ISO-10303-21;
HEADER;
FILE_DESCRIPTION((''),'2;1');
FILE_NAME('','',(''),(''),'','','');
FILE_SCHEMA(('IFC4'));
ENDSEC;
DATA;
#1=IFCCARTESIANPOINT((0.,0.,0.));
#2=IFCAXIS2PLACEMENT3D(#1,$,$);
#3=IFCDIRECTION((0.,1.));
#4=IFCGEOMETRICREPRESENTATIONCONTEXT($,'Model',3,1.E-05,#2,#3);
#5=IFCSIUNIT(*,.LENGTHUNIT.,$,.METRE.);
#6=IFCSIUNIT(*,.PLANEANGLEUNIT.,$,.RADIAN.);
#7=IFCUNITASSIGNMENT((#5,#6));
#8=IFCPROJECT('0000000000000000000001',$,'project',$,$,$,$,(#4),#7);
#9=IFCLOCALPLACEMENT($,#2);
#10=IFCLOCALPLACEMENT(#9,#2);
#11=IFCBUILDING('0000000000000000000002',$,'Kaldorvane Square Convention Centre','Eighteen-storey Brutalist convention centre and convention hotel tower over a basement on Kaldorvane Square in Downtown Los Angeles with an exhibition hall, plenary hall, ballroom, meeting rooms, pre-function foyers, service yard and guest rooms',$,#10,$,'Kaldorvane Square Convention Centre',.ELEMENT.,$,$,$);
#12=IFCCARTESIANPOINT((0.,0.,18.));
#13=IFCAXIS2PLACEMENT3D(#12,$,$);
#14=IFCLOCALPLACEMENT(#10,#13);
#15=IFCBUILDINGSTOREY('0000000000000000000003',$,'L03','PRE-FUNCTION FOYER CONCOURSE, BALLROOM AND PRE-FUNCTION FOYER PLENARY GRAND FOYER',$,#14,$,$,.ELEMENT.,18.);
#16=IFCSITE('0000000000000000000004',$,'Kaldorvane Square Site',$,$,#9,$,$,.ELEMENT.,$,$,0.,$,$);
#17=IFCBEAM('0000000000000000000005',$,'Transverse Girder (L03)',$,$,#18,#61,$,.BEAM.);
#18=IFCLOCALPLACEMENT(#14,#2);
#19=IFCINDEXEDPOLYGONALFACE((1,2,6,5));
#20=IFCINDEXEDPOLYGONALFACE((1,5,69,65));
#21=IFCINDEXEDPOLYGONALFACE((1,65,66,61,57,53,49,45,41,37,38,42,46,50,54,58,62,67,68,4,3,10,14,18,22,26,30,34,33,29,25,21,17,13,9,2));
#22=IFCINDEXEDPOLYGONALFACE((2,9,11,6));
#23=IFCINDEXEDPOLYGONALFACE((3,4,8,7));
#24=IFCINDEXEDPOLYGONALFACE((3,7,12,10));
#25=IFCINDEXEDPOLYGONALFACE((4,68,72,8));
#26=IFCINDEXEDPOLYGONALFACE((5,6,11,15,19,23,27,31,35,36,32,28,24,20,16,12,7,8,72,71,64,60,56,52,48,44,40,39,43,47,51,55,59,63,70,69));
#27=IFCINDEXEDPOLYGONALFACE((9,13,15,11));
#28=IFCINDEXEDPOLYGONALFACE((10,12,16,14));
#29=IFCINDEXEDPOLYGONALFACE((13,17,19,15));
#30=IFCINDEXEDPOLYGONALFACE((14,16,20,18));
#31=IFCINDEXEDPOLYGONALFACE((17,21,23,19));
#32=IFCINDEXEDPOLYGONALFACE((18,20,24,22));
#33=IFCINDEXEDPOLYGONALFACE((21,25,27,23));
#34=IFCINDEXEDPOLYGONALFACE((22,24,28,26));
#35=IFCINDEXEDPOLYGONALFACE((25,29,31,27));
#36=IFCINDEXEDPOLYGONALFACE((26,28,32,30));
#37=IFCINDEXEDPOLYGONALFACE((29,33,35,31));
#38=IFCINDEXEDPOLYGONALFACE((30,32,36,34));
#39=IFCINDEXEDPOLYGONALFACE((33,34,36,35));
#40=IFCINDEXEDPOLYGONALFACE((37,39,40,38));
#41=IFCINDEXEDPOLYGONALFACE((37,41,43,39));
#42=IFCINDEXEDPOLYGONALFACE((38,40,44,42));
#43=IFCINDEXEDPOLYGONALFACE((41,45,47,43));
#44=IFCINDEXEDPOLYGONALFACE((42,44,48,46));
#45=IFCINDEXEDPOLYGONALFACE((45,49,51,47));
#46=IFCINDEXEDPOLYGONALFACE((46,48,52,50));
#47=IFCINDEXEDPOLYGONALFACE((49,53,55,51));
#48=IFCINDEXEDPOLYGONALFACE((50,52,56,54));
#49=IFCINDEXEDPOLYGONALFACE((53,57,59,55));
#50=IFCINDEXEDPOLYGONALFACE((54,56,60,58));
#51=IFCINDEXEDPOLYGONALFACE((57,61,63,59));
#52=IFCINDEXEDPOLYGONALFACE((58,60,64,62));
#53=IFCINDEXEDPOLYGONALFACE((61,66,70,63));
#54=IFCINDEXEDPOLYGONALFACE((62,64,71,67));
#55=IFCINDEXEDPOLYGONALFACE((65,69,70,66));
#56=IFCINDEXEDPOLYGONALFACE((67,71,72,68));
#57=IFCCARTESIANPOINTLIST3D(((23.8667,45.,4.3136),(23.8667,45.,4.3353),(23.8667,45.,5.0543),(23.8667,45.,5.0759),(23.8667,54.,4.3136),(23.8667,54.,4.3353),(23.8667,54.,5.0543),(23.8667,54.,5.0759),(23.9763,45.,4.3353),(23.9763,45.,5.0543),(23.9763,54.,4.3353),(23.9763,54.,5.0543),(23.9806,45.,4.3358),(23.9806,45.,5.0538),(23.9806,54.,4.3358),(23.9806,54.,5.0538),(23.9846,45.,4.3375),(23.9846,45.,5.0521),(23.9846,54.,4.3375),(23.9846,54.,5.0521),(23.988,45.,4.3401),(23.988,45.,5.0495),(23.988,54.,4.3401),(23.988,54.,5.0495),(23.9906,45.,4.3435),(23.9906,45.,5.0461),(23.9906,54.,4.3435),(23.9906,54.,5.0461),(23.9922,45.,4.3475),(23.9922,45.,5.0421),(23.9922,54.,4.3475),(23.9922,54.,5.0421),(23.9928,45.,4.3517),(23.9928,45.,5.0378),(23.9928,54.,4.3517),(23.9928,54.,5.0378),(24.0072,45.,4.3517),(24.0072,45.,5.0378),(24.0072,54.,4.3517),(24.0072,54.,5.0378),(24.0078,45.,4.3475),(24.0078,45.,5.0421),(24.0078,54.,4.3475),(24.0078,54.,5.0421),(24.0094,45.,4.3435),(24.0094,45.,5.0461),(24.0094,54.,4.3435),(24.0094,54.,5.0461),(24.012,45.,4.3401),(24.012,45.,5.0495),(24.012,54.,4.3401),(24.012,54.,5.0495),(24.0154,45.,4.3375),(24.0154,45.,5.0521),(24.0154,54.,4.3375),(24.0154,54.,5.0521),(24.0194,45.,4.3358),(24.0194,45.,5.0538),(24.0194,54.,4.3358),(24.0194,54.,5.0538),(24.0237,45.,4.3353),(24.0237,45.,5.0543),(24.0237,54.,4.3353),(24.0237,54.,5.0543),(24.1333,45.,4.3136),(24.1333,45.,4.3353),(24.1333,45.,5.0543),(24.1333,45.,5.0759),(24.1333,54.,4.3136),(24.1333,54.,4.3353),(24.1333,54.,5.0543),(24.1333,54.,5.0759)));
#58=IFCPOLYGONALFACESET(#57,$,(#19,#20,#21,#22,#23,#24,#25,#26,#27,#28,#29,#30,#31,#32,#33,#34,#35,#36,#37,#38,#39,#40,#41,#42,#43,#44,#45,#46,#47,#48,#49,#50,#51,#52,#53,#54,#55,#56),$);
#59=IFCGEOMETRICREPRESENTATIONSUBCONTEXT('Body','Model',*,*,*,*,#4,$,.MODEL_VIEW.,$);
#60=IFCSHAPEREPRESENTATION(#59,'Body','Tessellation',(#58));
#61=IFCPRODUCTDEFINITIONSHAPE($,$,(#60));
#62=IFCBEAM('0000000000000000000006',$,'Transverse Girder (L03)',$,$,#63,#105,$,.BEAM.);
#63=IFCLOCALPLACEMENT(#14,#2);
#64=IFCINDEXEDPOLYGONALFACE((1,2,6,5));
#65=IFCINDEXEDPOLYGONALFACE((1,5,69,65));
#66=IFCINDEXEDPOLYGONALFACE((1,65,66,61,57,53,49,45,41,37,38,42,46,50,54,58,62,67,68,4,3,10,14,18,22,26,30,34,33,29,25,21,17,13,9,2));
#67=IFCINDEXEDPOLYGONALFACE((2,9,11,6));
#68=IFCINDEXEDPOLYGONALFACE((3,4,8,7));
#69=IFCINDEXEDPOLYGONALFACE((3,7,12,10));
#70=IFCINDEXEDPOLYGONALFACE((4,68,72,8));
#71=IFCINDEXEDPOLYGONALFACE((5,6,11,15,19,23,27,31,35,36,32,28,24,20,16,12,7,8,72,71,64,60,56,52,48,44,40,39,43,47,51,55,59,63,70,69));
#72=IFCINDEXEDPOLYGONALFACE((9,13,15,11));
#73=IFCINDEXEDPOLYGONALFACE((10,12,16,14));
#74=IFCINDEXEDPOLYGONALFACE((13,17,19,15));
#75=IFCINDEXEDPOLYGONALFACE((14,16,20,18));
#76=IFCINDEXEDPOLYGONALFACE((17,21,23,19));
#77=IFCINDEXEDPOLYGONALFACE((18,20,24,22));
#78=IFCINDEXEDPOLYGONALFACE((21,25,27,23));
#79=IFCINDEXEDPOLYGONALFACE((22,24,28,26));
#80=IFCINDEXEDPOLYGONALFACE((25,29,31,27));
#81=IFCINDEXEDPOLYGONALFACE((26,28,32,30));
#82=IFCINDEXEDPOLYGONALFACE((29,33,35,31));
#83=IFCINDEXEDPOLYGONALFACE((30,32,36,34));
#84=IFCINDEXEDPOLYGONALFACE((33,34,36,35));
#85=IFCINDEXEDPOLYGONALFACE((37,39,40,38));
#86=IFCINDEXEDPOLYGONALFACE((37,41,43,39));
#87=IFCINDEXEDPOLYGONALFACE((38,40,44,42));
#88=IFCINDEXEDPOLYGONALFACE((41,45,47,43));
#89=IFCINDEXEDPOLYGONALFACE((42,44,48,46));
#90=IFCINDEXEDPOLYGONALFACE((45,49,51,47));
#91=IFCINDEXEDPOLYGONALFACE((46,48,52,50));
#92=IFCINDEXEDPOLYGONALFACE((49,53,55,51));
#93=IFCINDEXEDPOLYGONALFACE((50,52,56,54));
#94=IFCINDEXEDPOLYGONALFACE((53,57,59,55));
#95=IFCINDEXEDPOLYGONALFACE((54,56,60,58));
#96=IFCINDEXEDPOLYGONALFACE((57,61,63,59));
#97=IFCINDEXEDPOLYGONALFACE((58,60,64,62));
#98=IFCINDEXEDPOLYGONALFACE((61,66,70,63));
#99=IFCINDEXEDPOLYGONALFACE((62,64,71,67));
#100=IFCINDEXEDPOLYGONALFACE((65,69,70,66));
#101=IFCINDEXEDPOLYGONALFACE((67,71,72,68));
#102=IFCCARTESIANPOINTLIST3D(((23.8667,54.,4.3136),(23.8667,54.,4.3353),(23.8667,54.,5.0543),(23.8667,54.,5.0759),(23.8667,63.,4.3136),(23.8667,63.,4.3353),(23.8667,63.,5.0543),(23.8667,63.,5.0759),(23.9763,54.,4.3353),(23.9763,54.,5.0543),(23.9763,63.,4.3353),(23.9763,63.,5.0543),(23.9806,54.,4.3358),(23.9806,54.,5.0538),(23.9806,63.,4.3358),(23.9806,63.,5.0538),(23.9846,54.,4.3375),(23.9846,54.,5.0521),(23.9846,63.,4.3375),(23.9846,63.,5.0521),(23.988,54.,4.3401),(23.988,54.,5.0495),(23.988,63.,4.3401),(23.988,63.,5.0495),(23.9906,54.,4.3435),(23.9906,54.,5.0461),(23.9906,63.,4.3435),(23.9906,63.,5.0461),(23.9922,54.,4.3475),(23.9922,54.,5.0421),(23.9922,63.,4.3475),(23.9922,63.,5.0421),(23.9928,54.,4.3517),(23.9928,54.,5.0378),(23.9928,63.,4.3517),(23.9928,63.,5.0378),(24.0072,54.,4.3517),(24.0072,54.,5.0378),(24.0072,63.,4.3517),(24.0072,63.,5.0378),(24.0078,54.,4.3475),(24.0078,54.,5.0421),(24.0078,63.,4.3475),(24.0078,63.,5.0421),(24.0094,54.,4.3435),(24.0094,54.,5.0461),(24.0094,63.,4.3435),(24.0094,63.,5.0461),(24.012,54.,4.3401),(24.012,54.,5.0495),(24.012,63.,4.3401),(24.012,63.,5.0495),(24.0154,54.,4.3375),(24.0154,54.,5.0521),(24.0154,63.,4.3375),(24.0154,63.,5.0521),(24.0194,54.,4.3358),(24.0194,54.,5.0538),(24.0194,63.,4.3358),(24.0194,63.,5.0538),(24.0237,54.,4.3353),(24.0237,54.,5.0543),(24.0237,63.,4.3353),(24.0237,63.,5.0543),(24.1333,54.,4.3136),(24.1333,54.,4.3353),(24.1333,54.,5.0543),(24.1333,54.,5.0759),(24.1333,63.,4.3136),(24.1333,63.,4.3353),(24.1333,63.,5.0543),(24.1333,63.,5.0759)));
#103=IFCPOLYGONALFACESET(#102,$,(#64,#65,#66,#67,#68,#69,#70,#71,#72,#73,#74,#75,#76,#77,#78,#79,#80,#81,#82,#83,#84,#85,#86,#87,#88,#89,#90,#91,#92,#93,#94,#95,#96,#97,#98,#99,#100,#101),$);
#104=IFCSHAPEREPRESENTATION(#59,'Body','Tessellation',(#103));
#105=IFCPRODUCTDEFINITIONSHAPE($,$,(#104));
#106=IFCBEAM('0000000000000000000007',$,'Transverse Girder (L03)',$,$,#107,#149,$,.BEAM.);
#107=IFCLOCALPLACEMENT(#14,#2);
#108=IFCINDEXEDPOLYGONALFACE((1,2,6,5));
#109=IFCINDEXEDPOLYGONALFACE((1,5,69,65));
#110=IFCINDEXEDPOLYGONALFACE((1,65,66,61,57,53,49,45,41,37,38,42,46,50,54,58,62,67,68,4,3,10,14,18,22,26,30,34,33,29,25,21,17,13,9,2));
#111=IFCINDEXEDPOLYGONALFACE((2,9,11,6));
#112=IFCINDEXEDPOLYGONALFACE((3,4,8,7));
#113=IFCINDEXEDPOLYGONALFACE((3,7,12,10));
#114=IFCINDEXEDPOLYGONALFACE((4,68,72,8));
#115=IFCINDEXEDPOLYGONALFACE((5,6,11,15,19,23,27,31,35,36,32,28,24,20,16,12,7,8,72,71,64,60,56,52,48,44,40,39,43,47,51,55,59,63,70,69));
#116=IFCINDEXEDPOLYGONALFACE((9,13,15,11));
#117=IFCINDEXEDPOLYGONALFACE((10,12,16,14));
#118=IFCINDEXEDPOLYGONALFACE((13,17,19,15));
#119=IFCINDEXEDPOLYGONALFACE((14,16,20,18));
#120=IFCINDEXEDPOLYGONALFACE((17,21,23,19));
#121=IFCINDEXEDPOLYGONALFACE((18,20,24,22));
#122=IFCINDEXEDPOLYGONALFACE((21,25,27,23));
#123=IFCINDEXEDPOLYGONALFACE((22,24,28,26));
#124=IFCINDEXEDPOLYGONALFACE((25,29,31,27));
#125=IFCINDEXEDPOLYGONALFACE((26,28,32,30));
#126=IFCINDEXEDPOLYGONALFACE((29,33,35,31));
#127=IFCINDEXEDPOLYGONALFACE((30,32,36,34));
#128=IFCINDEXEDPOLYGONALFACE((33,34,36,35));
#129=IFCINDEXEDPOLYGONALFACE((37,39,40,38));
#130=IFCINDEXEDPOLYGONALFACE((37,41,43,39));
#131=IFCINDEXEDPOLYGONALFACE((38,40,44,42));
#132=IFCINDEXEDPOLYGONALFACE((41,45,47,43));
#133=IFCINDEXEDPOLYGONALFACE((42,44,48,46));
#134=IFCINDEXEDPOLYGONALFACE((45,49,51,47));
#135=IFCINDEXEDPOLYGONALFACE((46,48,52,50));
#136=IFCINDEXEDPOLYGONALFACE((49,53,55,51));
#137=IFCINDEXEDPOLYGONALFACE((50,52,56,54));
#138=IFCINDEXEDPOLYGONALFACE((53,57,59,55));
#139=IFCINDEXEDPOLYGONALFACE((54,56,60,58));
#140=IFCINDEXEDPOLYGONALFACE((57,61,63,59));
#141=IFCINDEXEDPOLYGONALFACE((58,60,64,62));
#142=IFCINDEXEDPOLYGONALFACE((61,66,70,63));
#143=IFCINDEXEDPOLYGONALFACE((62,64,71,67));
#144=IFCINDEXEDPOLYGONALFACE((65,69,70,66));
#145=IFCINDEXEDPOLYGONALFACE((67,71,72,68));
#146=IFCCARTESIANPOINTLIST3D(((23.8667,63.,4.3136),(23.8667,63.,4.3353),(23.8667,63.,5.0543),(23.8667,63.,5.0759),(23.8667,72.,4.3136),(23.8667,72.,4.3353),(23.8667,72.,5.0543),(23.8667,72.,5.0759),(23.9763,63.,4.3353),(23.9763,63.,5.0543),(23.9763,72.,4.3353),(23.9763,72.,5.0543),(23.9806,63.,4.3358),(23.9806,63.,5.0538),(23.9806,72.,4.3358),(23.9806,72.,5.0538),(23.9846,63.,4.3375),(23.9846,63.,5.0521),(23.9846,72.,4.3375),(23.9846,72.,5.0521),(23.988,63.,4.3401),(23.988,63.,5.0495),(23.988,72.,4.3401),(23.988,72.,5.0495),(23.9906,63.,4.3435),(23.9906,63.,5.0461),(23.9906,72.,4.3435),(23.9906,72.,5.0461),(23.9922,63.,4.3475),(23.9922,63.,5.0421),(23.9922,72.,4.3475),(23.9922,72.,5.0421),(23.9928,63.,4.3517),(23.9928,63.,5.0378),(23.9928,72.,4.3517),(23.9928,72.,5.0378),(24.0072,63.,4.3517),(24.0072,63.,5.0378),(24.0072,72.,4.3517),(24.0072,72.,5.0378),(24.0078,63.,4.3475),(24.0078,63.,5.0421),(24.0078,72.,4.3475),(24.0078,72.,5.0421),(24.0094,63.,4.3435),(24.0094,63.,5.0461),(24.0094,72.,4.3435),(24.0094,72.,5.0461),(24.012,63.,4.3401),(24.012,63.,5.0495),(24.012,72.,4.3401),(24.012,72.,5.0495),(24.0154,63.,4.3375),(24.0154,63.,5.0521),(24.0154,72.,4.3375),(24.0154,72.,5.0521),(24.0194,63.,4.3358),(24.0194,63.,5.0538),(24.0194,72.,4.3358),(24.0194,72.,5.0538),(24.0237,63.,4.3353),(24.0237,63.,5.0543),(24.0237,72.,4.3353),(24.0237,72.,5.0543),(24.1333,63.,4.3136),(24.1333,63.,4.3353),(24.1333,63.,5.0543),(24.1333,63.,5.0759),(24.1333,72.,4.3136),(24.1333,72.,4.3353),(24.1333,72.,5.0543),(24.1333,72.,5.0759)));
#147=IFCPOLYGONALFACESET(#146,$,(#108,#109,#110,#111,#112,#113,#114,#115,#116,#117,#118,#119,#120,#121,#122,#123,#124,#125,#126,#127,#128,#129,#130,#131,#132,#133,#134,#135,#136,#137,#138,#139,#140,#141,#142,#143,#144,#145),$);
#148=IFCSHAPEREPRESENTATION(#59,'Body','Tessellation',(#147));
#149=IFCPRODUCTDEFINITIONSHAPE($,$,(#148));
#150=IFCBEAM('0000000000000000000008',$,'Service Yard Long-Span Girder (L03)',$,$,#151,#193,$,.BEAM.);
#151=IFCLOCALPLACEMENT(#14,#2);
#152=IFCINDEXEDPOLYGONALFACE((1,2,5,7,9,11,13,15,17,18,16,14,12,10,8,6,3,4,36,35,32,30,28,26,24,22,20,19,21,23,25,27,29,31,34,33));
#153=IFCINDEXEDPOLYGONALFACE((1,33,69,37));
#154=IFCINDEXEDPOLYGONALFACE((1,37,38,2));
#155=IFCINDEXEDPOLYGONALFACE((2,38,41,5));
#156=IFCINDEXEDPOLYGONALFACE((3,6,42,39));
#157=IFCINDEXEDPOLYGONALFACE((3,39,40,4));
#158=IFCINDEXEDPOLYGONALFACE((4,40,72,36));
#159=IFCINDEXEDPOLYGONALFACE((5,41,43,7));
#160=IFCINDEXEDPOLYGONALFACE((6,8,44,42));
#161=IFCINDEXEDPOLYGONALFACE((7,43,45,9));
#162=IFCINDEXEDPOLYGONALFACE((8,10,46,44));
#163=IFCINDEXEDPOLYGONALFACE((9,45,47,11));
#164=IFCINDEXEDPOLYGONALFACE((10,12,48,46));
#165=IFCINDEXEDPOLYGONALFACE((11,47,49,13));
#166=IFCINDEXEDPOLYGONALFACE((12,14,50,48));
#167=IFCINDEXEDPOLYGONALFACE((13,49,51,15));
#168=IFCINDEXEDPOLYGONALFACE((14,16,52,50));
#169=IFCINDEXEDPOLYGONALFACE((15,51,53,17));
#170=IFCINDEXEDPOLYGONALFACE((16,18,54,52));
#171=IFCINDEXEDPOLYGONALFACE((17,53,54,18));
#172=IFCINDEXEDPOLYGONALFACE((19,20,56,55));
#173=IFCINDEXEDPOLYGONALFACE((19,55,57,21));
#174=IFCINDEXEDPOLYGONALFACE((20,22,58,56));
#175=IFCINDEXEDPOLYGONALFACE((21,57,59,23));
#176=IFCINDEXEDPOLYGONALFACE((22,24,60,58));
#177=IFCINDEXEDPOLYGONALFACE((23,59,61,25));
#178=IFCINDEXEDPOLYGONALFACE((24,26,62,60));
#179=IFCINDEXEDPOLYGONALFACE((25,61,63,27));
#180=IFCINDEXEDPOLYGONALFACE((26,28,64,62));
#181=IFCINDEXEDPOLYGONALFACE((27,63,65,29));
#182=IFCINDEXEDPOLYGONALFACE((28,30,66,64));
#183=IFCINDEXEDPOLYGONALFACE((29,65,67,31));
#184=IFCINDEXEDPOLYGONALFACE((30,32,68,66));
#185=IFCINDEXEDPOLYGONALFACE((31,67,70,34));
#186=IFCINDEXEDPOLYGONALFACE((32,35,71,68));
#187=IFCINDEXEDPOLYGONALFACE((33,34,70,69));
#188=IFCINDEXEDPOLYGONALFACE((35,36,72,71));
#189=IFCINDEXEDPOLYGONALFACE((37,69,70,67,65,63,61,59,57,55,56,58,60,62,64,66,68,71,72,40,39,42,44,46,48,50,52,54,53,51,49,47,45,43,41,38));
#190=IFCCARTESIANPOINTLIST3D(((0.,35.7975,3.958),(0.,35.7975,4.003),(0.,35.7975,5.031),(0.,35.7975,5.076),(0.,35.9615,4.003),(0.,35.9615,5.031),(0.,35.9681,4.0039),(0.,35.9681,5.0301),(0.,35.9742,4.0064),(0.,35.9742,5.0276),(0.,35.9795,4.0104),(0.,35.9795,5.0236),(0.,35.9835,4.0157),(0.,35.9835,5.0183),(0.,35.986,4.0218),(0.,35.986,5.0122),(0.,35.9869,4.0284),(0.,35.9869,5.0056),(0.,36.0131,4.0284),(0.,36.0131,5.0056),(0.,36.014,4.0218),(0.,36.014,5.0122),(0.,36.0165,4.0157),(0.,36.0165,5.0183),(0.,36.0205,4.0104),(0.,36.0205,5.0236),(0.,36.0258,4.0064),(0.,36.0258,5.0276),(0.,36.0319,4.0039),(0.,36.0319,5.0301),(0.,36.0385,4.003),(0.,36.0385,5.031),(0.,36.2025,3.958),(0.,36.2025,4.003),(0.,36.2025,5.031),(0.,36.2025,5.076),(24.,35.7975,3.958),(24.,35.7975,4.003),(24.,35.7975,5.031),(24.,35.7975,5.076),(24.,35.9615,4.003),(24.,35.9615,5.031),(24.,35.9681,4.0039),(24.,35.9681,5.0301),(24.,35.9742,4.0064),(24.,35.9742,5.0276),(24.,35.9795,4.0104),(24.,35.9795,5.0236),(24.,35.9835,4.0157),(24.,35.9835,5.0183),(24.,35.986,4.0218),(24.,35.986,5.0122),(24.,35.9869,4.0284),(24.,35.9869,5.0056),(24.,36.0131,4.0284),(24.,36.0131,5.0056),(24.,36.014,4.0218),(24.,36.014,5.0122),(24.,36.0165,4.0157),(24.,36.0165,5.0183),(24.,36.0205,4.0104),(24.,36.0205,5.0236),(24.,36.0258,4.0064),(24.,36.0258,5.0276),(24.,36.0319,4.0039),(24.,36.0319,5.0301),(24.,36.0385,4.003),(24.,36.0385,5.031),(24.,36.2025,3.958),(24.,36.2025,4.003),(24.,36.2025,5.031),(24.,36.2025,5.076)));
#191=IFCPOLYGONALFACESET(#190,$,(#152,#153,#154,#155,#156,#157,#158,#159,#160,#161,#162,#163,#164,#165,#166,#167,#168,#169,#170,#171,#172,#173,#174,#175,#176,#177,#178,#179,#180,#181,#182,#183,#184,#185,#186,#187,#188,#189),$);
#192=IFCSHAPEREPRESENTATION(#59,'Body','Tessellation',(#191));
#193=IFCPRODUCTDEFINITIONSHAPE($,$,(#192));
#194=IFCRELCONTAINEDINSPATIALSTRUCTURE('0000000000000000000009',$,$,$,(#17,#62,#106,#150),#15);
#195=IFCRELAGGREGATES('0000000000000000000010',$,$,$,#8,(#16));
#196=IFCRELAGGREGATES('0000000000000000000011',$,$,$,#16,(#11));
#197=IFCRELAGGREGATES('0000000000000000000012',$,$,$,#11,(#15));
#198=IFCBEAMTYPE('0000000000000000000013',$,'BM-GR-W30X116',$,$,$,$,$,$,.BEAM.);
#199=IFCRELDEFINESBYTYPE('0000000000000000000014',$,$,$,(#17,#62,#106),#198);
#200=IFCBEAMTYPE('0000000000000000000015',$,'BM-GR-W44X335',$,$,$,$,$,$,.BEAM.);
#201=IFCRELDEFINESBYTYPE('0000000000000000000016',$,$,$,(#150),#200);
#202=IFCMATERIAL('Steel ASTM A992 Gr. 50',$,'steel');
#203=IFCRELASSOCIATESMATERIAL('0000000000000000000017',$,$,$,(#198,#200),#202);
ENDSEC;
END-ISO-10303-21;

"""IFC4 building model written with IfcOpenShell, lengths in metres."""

from ifc_helpers import new_model, si_unit, direction, frame, origin, origin_2d, place, context, subcontext, project, spatial, i_section, extrude, material, material_profile, profile_set, type_object, element, save


model = new_model("IFC4")

# Units and contexts
model_context = context("Model", 3, precision=1e-05, world=origin(), true_north=direction((0.0, 1.0)))
body_context = subcontext(model_context, "Body", "Model", "MODEL_VIEW")
ifc_project = project(units=[si_unit("LENGTHUNIT", "METRE"), si_unit("PLANEANGLEUNIT", "RADIAN")], contexts=[model_context])

# Site, building, storey
site_placement = place(None, origin())
site = spatial("IfcSite", under=ifc_project, at=site_placement, Name="Kaldorvane Square Site", CompositionType="ELEMENT", RefElevation=0.0)
building_placement = place(site_placement, origin())
building = spatial("IfcBuilding", under=site, at=building_placement, Name="Kaldorvane Square Convention Centre", Description="Eighteen-storey Brutalist convention centre and convention hotel tower over a basement on Kaldorvane Square in Downtown Los Angeles with an exhibition hall, plenary hall, ballroom, meeting rooms, pre-function foyers, service yard and guest rooms", LongName="Kaldorvane Square Convention Centre", CompositionType="ELEMENT")
storey_placement = place(building_placement, frame((0.0, 0.0, 18.0)))
storey = spatial("IfcBuildingStorey", under=building, at=storey_placement, Name="L03", Description="PRE-FUNCTION FOYER CONCOURSE, BALLROOM AND PRE-FUNCTION FOYER PLENARY GRAND FOYER", CompositionType="ELEMENT", Elevation=18.0)

# Shared definitions
ifc_material_1 = material(Name="Steel ASTM A992 Gr. 50", Category="steel")

# Beams
ifc_material_profile_1 = material_profile(ifc_material_1, i_section(OverallWidth=0.2666, OverallDepth=0.7623, WebThickness=0.0144, FlangeThickness=0.0216, FilletRadius=0.0165, at=origin_2d()), Name="W30X116")
ifc_profile_set_1 = profile_set([ifc_material_profile_1], Name="Steel ASTM A992 Gr. 50")
beam_type_1 = type_object("IfcBeamType", Name="BM-GR-W30X116", PredefinedType="BEAM", material=ifc_profile_set_1)
for number, where, z_axis, x_axis, name in (
    (1, (24.0, 45.0, 4.6948), (0.0, 1.0, 0.0), (-1.0, 0.0, 0.0), "Transverse Girder (L03)"),
    (2, (24.0, 54.0, 4.6948), (0.0, 1.0, 0.0), (-1.0, 0.0, 0.0), "Transverse Girder (L03)"),
    (3, (24.0, 63.0, 4.6948), (0.0, 1.0, 0.0), (-1.0, 0.0, 0.0), "Transverse Girder (L03)"),
):
    element("IfcBeam", number, at=place(storey_placement, frame(where, z_axis=z_axis, x_axis=x_axis)), inside=storey, type_object=beam_type_1, Name=name, PredefinedType="BEAM", context=body_context, shape_type="SweptSolid", body=[
        extrude(i_section(OverallWidth=0.2666, OverallDepth=0.7623, WebThickness=0.0144, FlangeThickness=0.0216, FilletRadius=0.0165, at=origin_2d()), origin(), (0.0, 0.0, 1.0), 9.0),
    ])
ifc_material_profile_2 = material_profile(ifc_material_1, i_section(OverallWidth=0.405, OverallDepth=1.118, WebThickness=0.0262, FlangeThickness=0.045, FilletRadius=0.0254, at=origin_2d()), Name="W44X335")
ifc_profile_set_2 = profile_set([ifc_material_profile_2], Name="Steel ASTM A992 Gr. 50")
beam_type_2 = type_object("IfcBeamType", Name="BM-GR-W44X335", PredefinedType="BEAM", material=ifc_profile_set_2)
for number, where, z_axis, x_axis, name in (
    (4, (0.0, 36.0, 4.517), (1.0, 0.0, 0.0), (0.0, 1.0, 0.0), "Service Yard Long-Span Girder (L03)"),
):
    element("IfcBeam", number, at=place(storey_placement, frame(where, z_axis=z_axis, x_axis=x_axis)), inside=storey, type_object=beam_type_2, Name=name, PredefinedType="BEAM", context=body_context, shape_type="SweptSolid", body=[
        extrude(i_section(OverallWidth=0.405, OverallDepth=1.118, WebThickness=0.0262, FlangeThickness=0.045, FilletRadius=0.0254, at=origin_2d()), origin(), (0.0, 0.0, 1.0), 24.0),
    ])

save(model, "model.ifc")
